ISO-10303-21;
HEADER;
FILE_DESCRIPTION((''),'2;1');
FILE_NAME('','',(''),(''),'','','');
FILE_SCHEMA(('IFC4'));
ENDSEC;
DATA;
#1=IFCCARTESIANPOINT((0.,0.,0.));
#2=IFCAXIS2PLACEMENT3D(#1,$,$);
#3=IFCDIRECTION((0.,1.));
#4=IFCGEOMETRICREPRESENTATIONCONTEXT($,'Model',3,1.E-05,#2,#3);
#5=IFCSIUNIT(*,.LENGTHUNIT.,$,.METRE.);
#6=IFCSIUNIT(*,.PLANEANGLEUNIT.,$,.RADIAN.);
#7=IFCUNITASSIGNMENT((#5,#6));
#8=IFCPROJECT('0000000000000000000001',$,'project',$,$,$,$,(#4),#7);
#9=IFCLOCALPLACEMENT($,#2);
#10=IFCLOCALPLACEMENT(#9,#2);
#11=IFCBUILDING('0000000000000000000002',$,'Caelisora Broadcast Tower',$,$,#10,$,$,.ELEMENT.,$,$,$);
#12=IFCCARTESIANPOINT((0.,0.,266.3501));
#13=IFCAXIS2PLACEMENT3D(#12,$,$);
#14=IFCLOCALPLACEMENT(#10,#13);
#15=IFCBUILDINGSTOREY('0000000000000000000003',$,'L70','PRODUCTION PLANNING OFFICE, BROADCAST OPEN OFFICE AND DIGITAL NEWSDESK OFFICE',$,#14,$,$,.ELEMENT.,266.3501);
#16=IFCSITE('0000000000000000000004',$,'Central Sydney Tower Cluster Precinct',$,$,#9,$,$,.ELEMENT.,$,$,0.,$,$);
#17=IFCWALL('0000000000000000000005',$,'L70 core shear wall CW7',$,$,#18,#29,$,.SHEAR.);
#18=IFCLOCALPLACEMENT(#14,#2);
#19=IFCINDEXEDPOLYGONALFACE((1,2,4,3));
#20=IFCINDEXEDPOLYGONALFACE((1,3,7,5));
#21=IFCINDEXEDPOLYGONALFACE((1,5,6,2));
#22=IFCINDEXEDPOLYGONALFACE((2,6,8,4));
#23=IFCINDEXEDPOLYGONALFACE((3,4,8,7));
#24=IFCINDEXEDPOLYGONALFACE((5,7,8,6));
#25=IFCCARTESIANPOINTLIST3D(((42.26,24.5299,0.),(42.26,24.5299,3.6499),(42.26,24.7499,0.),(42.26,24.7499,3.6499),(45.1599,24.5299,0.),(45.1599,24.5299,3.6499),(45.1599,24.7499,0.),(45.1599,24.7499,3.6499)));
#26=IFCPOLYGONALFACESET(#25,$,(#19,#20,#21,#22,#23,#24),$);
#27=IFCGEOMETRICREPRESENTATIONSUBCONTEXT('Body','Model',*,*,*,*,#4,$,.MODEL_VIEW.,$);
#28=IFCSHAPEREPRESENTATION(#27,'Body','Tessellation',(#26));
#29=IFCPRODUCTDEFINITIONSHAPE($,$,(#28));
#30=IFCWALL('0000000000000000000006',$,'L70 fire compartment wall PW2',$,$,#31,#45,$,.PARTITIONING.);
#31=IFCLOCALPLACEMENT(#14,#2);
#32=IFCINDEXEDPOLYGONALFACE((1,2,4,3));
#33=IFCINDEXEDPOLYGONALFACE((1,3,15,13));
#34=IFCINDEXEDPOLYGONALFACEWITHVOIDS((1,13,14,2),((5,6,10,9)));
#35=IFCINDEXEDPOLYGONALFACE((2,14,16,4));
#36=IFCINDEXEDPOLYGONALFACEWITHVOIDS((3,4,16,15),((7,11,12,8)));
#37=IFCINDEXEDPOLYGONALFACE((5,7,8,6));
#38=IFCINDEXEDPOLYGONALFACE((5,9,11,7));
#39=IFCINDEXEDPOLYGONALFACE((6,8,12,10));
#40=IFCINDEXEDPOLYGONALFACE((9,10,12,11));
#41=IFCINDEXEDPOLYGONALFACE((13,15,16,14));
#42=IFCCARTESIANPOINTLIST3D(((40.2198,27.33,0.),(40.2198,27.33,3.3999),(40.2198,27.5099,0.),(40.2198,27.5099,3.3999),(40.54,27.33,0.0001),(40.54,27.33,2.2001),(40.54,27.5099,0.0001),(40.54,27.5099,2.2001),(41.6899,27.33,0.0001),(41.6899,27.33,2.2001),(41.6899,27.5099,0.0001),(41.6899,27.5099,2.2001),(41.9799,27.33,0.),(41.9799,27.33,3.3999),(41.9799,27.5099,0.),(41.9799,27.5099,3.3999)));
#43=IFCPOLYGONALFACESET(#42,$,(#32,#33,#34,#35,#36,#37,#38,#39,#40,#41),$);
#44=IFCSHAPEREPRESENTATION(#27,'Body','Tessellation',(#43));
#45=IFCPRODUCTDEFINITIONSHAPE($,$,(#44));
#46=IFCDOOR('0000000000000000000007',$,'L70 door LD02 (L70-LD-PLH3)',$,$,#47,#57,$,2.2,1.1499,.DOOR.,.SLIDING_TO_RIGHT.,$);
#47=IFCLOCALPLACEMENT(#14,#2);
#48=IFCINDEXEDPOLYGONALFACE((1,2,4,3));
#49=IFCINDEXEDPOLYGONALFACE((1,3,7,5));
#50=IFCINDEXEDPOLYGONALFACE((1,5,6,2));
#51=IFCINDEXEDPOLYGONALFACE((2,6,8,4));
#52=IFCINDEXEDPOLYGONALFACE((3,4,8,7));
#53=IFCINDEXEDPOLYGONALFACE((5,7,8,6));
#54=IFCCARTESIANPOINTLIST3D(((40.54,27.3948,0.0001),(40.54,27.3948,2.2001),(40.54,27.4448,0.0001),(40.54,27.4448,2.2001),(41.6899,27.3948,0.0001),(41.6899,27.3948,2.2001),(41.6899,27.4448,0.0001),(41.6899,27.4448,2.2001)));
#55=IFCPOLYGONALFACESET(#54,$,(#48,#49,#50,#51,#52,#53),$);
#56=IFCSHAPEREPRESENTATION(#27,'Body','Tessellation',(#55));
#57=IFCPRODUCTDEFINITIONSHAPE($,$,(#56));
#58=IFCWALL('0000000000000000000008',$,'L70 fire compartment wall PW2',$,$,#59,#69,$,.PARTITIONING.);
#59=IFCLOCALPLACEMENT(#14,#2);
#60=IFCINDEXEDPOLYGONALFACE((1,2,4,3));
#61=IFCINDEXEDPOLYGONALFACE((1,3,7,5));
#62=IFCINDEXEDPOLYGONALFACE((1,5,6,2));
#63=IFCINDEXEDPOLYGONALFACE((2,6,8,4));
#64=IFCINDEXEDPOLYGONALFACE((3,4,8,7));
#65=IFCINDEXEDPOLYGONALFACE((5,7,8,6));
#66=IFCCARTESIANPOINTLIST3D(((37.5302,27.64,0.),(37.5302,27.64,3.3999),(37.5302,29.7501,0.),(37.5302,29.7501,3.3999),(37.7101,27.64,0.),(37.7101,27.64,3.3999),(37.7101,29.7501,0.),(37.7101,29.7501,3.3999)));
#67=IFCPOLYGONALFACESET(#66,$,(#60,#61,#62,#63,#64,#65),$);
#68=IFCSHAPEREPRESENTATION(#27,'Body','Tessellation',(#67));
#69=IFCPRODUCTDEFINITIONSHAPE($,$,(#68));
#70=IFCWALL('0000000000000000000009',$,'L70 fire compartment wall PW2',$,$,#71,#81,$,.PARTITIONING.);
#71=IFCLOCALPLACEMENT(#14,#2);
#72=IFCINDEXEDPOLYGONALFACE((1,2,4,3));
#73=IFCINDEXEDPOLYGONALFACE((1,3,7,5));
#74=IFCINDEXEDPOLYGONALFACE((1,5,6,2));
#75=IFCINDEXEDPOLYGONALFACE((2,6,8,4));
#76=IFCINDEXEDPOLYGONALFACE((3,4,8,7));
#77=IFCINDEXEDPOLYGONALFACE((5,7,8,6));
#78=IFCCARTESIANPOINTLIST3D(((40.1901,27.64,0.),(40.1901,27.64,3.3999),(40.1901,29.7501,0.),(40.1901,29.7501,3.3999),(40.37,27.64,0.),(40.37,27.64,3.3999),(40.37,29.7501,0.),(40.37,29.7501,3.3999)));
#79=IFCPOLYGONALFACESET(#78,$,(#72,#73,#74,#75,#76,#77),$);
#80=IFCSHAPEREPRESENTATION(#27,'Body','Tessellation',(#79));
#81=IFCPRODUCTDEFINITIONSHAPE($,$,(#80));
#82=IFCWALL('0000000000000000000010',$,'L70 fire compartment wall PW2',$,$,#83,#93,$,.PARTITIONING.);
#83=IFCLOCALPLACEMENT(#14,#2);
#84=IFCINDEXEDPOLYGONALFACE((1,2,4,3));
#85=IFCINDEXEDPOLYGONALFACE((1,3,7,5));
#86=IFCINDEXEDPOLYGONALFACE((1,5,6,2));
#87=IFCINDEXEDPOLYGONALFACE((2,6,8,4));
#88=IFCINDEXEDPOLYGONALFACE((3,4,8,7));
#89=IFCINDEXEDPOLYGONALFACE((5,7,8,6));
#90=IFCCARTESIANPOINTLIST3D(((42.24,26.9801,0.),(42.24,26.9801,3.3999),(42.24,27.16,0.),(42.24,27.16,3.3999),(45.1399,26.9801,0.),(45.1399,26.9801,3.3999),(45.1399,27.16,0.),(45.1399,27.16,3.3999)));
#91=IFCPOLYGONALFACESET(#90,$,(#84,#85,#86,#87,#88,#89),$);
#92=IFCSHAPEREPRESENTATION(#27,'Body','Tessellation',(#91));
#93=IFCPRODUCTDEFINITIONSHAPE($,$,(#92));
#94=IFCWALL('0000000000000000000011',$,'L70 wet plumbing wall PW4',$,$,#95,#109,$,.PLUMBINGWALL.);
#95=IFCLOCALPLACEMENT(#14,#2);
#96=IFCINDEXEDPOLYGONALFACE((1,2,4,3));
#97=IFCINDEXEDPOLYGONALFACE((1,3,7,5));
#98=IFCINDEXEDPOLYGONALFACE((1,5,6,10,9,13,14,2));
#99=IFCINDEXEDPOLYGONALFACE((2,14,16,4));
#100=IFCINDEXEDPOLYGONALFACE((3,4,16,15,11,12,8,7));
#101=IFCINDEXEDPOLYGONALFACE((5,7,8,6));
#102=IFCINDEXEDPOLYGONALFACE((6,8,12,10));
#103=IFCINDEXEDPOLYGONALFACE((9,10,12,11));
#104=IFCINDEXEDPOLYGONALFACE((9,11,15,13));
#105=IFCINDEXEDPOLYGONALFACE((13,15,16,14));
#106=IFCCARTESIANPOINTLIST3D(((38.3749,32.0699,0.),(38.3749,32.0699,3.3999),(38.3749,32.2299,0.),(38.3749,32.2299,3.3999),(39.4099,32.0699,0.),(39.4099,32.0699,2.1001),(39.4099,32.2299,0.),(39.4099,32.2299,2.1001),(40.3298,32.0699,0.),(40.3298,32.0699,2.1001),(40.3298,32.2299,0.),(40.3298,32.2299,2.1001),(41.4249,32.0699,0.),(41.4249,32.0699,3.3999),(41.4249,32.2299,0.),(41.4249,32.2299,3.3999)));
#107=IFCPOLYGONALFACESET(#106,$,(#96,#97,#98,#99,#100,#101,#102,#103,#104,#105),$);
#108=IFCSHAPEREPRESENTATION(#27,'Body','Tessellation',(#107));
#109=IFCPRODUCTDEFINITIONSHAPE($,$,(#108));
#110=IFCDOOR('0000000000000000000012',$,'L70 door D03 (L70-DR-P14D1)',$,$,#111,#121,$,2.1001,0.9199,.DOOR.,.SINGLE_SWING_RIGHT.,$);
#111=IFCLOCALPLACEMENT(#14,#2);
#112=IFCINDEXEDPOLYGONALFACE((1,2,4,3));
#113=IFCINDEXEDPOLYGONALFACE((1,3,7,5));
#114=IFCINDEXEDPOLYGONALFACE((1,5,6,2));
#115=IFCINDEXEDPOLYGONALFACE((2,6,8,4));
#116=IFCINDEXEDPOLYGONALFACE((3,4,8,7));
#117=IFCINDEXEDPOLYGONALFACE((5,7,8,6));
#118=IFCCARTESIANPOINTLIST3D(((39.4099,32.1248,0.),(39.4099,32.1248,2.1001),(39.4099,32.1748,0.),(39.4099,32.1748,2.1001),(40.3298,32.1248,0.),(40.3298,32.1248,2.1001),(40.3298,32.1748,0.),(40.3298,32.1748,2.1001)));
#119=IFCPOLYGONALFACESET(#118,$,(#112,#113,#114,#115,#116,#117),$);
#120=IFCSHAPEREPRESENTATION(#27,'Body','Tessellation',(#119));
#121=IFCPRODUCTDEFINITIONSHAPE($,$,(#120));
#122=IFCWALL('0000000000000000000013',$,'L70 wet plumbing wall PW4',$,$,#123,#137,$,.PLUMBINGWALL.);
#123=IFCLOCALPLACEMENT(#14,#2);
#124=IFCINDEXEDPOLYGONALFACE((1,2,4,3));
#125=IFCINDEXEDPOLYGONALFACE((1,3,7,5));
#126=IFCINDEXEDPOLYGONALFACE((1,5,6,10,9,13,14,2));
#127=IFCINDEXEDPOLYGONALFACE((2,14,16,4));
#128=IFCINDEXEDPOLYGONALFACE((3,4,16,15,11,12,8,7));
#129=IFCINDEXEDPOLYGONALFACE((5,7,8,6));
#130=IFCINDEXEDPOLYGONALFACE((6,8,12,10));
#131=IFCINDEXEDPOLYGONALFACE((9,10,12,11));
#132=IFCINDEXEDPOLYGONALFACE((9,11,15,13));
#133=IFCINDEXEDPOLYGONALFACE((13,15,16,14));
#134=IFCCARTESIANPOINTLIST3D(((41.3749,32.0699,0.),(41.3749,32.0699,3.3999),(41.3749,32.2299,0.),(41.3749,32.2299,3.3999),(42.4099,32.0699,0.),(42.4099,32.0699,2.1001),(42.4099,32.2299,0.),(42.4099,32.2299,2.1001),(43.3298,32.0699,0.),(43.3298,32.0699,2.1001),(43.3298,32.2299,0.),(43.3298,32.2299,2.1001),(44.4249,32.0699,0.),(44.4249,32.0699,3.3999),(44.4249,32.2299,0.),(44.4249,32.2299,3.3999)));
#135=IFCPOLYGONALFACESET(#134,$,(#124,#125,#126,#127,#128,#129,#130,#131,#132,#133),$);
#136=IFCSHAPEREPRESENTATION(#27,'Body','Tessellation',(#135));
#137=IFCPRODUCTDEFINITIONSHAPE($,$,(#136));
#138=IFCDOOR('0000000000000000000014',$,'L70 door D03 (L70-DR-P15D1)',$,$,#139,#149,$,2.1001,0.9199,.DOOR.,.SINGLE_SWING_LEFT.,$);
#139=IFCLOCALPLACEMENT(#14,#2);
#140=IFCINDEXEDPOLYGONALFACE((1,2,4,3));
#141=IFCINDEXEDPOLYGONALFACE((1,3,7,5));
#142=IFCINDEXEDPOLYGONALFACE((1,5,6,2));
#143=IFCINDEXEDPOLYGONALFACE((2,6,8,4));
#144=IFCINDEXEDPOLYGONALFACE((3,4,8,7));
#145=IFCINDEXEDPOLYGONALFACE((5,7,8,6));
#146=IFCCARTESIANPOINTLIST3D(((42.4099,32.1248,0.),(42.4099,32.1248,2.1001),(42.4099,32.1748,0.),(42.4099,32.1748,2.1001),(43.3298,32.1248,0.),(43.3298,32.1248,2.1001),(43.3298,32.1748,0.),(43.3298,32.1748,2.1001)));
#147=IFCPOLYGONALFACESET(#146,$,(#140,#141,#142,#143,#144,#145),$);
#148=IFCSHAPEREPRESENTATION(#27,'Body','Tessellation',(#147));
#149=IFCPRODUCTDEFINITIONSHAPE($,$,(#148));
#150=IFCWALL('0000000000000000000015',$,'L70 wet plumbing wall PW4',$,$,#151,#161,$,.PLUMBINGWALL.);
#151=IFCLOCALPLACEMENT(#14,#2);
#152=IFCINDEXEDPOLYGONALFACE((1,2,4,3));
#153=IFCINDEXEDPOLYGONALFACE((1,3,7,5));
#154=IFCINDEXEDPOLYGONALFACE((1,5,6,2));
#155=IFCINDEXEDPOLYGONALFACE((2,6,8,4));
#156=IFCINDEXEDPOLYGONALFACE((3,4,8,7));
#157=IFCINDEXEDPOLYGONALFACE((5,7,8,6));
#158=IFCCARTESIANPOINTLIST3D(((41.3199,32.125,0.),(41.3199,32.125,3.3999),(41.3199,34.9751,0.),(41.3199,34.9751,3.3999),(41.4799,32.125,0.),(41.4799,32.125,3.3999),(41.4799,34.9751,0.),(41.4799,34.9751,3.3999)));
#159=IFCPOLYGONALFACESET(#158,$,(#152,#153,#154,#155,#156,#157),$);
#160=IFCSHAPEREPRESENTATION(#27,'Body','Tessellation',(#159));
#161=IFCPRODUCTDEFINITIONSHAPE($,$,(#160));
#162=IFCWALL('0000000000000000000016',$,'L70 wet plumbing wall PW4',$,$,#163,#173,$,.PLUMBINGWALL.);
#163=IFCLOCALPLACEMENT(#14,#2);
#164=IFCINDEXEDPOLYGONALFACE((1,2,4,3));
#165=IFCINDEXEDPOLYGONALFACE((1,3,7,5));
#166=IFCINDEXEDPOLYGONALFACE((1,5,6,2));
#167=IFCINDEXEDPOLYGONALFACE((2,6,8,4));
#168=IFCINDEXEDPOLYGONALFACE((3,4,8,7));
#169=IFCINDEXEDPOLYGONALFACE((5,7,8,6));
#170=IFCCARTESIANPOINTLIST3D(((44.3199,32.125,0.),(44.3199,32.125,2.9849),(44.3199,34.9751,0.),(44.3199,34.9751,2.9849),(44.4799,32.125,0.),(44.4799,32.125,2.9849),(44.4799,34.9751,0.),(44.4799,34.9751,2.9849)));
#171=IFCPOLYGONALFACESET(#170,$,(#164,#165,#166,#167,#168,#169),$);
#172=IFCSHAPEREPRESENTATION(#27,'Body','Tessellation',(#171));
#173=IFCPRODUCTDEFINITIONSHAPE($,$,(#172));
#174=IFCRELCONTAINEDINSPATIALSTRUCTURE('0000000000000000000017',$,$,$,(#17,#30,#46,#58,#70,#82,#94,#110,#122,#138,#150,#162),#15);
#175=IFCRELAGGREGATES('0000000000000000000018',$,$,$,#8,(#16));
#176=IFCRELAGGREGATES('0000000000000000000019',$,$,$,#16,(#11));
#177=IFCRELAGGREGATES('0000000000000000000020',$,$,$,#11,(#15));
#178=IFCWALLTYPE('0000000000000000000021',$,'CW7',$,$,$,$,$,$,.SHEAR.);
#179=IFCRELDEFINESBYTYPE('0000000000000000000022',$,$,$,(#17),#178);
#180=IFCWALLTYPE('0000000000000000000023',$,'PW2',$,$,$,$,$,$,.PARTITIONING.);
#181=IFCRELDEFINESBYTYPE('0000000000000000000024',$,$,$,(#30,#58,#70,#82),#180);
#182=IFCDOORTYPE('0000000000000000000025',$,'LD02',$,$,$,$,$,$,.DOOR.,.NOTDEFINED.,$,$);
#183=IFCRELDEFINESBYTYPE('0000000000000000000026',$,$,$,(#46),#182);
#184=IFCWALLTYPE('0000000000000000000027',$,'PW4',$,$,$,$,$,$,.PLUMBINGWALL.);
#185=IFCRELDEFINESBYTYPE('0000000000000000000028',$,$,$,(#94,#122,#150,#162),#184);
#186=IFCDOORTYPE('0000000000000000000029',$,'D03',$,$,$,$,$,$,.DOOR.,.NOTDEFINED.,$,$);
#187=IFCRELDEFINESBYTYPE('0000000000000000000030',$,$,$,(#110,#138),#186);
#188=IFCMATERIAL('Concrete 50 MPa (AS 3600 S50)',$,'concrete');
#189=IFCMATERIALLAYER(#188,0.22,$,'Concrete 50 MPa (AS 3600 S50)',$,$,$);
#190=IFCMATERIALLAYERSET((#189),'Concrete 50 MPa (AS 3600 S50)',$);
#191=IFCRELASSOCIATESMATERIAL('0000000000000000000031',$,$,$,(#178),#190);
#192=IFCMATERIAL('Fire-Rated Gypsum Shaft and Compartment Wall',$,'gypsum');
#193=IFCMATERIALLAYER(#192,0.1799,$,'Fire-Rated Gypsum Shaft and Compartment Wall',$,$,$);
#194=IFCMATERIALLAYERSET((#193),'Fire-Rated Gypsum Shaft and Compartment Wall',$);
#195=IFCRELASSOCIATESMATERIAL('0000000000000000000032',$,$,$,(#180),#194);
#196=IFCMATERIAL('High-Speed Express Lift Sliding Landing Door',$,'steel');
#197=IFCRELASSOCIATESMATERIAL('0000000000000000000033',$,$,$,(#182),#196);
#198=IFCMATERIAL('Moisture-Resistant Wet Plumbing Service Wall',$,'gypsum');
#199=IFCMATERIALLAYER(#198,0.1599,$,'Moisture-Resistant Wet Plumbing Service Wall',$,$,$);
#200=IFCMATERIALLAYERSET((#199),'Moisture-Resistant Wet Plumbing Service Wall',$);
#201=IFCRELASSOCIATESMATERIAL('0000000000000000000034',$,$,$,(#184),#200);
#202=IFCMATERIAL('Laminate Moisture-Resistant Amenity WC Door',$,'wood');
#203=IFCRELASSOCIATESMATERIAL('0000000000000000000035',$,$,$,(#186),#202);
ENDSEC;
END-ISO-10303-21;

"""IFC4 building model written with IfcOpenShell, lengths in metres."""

from ifc_helpers import new_model, si_unit, direction, frame, frame_2d, origin, place, context, subcontext, project, spatial, rectangle, extrude, material, layer, layer_set, type_object, element, fill, save


model = new_model("IFC4")

# Units and contexts
model_context = context("Model", 3, precision=1e-05, world=origin(), true_north=direction((0.0, 1.0)))
body_context = subcontext(model_context, "Body", "Model", "MODEL_VIEW")
ifc_project = project(units=[si_unit("LENGTHUNIT", "METRE"), si_unit("PLANEANGLEUNIT", "RADIAN")], contexts=[model_context])

# Site, building, storey
site_placement = place(None, origin())
site = spatial("IfcSite", under=ifc_project, at=site_placement, Name="Central Sydney Tower Cluster Precinct", CompositionType="ELEMENT", RefElevation=0.0)
building_placement = place(site_placement, origin())
building = spatial("IfcBuilding", under=site, at=building_placement, Name="Caelisora Broadcast Tower", CompositionType="ELEMENT")
storey_placement = place(building_placement, frame((0.0, 0.0, 266.3501)))
storey = spatial("IfcBuildingStorey", under=building, at=storey_placement, Name="L70", Description="PRODUCTION PLANNING OFFICE, BROADCAST OPEN OFFICE AND DIGITAL NEWSDESK OFFICE", CompositionType="ELEMENT", Elevation=266.3501)

# Shared definitions
ifc_material_1 = material(Name="Concrete 50 MPa (AS 3600 S50)", Category="concrete")

# Wall
ifc_layer_1 = layer(ifc_material_1, 0.22, Name="Concrete 50 MPa (AS 3600 S50)")
ifc_layer_set_1 = layer_set([ifc_layer_1], Name="Concrete 50 MPa (AS 3600 S50)")
wall_type_1 = type_object("IfcWallType", Name="CW7", PredefinedType="SHEAR", material=ifc_layer_set_1)
wall_1_placement = place(storey_placement, frame((42.26, 24.6399, 0.0), z_axis=(0.0, 0.0, 1.0), x_axis=(1.0, 0.0, 0.0)))
element("IfcWall", 1, at=wall_1_placement, inside=storey, type_object=wall_type_1, Name="L70 core shear wall CW7", PredefinedType="SHEAR", context=body_context, shape_type="SweptSolid", body=[
    extrude(rectangle(XDim=2.8999, YDim=0.22, at=frame_2d((1.45, 0.0))), origin(), (0.0, 0.0, 1.0), 3.6499),
])

# Wall, opening, door
ifc_material_2 = material(Name="Fire-Rated Gypsum Shaft and Compartment Wall", Category="gypsum")
ifc_layer_2 = layer(ifc_material_2, 0.1799, Name="Fire-Rated Gypsum Shaft and Compartment Wall")
ifc_layer_set_2 = layer_set([ifc_layer_2], Name="Fire-Rated Gypsum Shaft and Compartment Wall")
wall_type_2 = type_object("IfcWallType", Name="PW2", PredefinedType="PARTITIONING", material=ifc_layer_set_2)
wall_2_placement = place(storey_placement, frame((40.22, 27.4199, 0.0), z_axis=(0.0, 0.0, 1.0), x_axis=(1.0, 0.0, 0.0)))
wall_2 = element("IfcWall", 2, at=wall_2_placement, inside=storey, type_object=wall_type_2, Name="L70 fire compartment wall PW2", PredefinedType="PARTITIONING", context=body_context, shape_type="SweptSolid", body=[
    extrude(rectangle(XDim=1.76, YDim=0.1799, at=frame_2d((0.8799, 0.0))), origin(), (0.0, 0.0, 1.0), 3.3999),
])
opening_1_placement = place(wall_2_placement, frame((0.3201, 0.0, 0.0)))
opening_1 = element("IfcOpeningElement", 3, at=opening_1_placement, cuts=wall_2, PredefinedType="OPENING", context=body_context, shape_type="SweptSolid", body=[
    extrude(rectangle(XDim=1.1499, YDim=2.2, at=frame_2d((0.575, 1.1001))), frame((0.0, 0.1021, 0.0), z_axis=(0.0, -1.0, 0.0), x_axis=(1.0, 0.0, 0.0)), (0.0, 0.0, 1.0), 0.2039),
])
ifc_material_3 = material(Name="High-Speed Express Lift Sliding Landing Door", Category="steel")
door_type_1 = type_object("IfcDoorType", Name="LD02", OperationType="NOTDEFINED", PredefinedType="DOOR", material=ifc_material_3)
door_1_placement = place(opening_1_placement, origin())
door_1 = element("IfcDoor", 4, at=door_1_placement, inside=storey, type_object=door_type_1, Name="L70 door LD02 (L70-LD-PLH3)", OperationType="SLIDING_TO_RIGHT", OverallHeight=2.2, OverallWidth=1.1499, PredefinedType="DOOR", context=body_context, shape_type="SweptSolid", body=[
    extrude(rectangle(XDim=1.1499, YDim=2.2, at=frame_2d((0.575, 1.1001))), frame((0.0, 0.0249, 0.0), z_axis=(0.0, -1.0, 0.0), x_axis=(1.0, 0.0, 0.0)), (0.0, 0.0, 1.0), 0.05),
])
fill(opening_1, door_1)

# Walls
for number, where, z_axis, x_axis, name in (
    (5, (37.6201, 27.6399, 0.0), (0.0, 0.0, 1.0), (0.0, 1.0, 0.0), "L70 fire compartment wall PW2"),
    (6, (40.28, 27.6399, 0.0), (0.0, 0.0, 1.0), (0.0, 1.0, 0.0), "L70 fire compartment wall PW2"),
):
    element("IfcWall", number, at=place(storey_placement, frame(where, z_axis=z_axis, x_axis=x_axis)), inside=storey, type_object=wall_type_2, Name=name, PredefinedType="PARTITIONING", context=body_context, shape_type="SweptSolid", body=[
        extrude(rectangle(XDim=2.1101, YDim=0.1799, at=frame_2d((1.0552, 0.0))), origin(), (0.0, 0.0, 1.0), 3.3999),
    ])
wall_3_placement = place(storey_placement, frame((42.24, 27.0701, 0.0), z_axis=(0.0, 0.0, 1.0), x_axis=(1.0, 0.0, 0.0)))
element("IfcWall", 7, at=wall_3_placement, inside=storey, type_object=wall_type_2, Name="L70 fire compartment wall PW2", PredefinedType="PARTITIONING", context=body_context, shape_type="SweptSolid", body=[
    extrude(rectangle(XDim=2.8999, YDim=0.1799, at=frame_2d((1.45, 0.0))), origin(), (0.0, 0.0, 1.0), 3.3999),
])

# Walls, openings, doors
ifc_material_4 = material(Name="Moisture-Resistant Wet Plumbing Service Wall", Category="gypsum")
ifc_layer_3 = layer(ifc_material_4, 0.1599, Name="Moisture-Resistant Wet Plumbing Service Wall")
ifc_layer_set_3 = layer_set([ifc_layer_3], Name="Moisture-Resistant Wet Plumbing Service Wall")
wall_type_3 = type_object("IfcWallType", Name="PW4", PredefinedType="PLUMBINGWALL", material=ifc_layer_set_3)
wall_4_placement = place(storey_placement, frame((38.375, 32.1499, 0.0), z_axis=(0.0, 0.0, 1.0), x_axis=(1.0, 0.0, 0.0)))
wall_4 = element("IfcWall", 8, at=wall_4_placement, inside=storey, type_object=wall_type_3, Name="L70 wet plumbing wall PW4", PredefinedType="PLUMBINGWALL", context=body_context, shape_type="SweptSolid", body=[
    extrude(rectangle(XDim=3.05, YDim=0.1599, at=frame_2d((1.5249, 0.0))), origin(), (0.0, 0.0, 1.0), 3.3999),
])
opening_2_placement = place(wall_4_placement, frame((1.0349, 0.0, 0.0)))
opening_2 = element("IfcOpeningElement", 9, at=opening_2_placement, cuts=wall_4, PredefinedType="OPENING", context=body_context, shape_type="SweptSolid", body=[
    extrude(rectangle(XDim=0.9199, YDim=2.1001, at=frame_2d((0.46, 1.05))), frame((0.0, 0.092, 0.0), z_axis=(0.0, -1.0, 0.0), x_axis=(1.0, 0.0, 0.0)), (0.0, 0.0, 1.0), 0.1838),
])
ifc_material_5 = material(Name="Laminate Moisture-Resistant Amenity WC Door", Category="wood")
door_type_2 = type_object("IfcDoorType", Name="D03", OperationType="NOTDEFINED", PredefinedType="DOOR", material=ifc_material_5)
door_2_placement = place(opening_2_placement, origin())
door_2 = element("IfcDoor", 10, at=door_2_placement, inside=storey, type_object=door_type_2, Name="L70 door D03 (L70-DR-P14D1)", OperationType="SINGLE_SWING_RIGHT", OverallHeight=2.1001, OverallWidth=0.9199, PredefinedType="DOOR", context=body_context, shape_type="SweptSolid", body=[
    extrude(rectangle(XDim=0.9199, YDim=2.1001, at=frame_2d((0.46, 1.05))), frame((0.0, 0.0249, 0.0), z_axis=(0.0, -1.0, 0.0), x_axis=(1.0, 0.0, 0.0)), (0.0, 0.0, 1.0), 0.05),
])
fill(opening_2, door_2)
wall_5_placement = place(storey_placement, frame((41.375, 32.1499, 0.0), z_axis=(0.0, 0.0, 1.0), x_axis=(1.0, 0.0, 0.0)))
wall_5 = element("IfcWall", 11, at=wall_5_placement, inside=storey, type_object=wall_type_3, Name="L70 wet plumbing wall PW4", PredefinedType="PLUMBINGWALL", context=body_context, shape_type="SweptSolid", body=[
    extrude(rectangle(XDim=3.05, YDim=0.1599, at=frame_2d((1.5249, 0.0))), origin(), (0.0, 0.0, 1.0), 3.3999),
])
opening_3_placement = place(wall_5_placement, frame((1.0349, 0.0, 0.0)))
opening_3 = element("IfcOpeningElement", 12, at=opening_3_placement, cuts=wall_5, PredefinedType="OPENING", context=body_context, shape_type="SweptSolid", body=[
    extrude(rectangle(XDim=0.9199, YDim=2.1001, at=frame_2d((0.46, 1.05))), frame((0.0, 0.092, 0.0), z_axis=(0.0, -1.0, 0.0), x_axis=(1.0, 0.0, 0.0)), (0.0, 0.0, 1.0), 0.1838),
])
door_3_placement = place(opening_3_placement, origin())
door_3 = element("IfcDoor", 13, at=door_3_placement, inside=storey, type_object=door_type_2, Name="L70 door D03 (L70-DR-P15D1)", OperationType="SINGLE_SWING_LEFT", OverallHeight=2.1001, OverallWidth=0.9199, PredefinedType="DOOR", context=body_context, shape_type="SweptSolid", body=[
    extrude(rectangle(XDim=0.9199, YDim=2.1001, at=frame_2d((0.46, 1.05))), frame((0.0, 0.0249, 0.0), z_axis=(0.0, -1.0, 0.0), x_axis=(1.0, 0.0, 0.0)), (0.0, 0.0, 1.0), 0.05),
])
fill(opening_3, door_3)

# Walls
wall_6_placement = place(storey_placement, frame((41.3999, 32.125, 0.0), z_axis=(0.0, 0.0, 1.0), x_axis=(0.0, 1.0, 0.0)))
element("IfcWall", 14, at=wall_6_placement, inside=storey, type_object=wall_type_3, Name="L70 wet plumbing wall PW4", PredefinedType="PLUMBINGWALL", context=body_context, shape_type="SweptSolid", body=[
    extrude(rectangle(XDim=2.8501, YDim=0.1599, at=frame_2d((1.425, 0.0))), origin(), (0.0, 0.0, 1.0), 3.3999),
])
wall_7_placement = place(storey_placement, frame((44.3999, 32.125, 0.0), z_axis=(0.0, 0.0, 1.0), x_axis=(0.0, 1.0, 0.0)))
element("IfcWall", 15, at=wall_7_placement, inside=storey, type_object=wall_type_3, Name="L70 wet plumbing wall PW4", PredefinedType="PLUMBINGWALL", context=body_context, shape_type="SweptSolid", body=[
    extrude(rectangle(XDim=2.8501, YDim=0.1599, at=frame_2d((1.425, 0.0))), origin(), (0.0, 0.0, 1.0), 2.9849),
])

save(model, "model.ifc")
